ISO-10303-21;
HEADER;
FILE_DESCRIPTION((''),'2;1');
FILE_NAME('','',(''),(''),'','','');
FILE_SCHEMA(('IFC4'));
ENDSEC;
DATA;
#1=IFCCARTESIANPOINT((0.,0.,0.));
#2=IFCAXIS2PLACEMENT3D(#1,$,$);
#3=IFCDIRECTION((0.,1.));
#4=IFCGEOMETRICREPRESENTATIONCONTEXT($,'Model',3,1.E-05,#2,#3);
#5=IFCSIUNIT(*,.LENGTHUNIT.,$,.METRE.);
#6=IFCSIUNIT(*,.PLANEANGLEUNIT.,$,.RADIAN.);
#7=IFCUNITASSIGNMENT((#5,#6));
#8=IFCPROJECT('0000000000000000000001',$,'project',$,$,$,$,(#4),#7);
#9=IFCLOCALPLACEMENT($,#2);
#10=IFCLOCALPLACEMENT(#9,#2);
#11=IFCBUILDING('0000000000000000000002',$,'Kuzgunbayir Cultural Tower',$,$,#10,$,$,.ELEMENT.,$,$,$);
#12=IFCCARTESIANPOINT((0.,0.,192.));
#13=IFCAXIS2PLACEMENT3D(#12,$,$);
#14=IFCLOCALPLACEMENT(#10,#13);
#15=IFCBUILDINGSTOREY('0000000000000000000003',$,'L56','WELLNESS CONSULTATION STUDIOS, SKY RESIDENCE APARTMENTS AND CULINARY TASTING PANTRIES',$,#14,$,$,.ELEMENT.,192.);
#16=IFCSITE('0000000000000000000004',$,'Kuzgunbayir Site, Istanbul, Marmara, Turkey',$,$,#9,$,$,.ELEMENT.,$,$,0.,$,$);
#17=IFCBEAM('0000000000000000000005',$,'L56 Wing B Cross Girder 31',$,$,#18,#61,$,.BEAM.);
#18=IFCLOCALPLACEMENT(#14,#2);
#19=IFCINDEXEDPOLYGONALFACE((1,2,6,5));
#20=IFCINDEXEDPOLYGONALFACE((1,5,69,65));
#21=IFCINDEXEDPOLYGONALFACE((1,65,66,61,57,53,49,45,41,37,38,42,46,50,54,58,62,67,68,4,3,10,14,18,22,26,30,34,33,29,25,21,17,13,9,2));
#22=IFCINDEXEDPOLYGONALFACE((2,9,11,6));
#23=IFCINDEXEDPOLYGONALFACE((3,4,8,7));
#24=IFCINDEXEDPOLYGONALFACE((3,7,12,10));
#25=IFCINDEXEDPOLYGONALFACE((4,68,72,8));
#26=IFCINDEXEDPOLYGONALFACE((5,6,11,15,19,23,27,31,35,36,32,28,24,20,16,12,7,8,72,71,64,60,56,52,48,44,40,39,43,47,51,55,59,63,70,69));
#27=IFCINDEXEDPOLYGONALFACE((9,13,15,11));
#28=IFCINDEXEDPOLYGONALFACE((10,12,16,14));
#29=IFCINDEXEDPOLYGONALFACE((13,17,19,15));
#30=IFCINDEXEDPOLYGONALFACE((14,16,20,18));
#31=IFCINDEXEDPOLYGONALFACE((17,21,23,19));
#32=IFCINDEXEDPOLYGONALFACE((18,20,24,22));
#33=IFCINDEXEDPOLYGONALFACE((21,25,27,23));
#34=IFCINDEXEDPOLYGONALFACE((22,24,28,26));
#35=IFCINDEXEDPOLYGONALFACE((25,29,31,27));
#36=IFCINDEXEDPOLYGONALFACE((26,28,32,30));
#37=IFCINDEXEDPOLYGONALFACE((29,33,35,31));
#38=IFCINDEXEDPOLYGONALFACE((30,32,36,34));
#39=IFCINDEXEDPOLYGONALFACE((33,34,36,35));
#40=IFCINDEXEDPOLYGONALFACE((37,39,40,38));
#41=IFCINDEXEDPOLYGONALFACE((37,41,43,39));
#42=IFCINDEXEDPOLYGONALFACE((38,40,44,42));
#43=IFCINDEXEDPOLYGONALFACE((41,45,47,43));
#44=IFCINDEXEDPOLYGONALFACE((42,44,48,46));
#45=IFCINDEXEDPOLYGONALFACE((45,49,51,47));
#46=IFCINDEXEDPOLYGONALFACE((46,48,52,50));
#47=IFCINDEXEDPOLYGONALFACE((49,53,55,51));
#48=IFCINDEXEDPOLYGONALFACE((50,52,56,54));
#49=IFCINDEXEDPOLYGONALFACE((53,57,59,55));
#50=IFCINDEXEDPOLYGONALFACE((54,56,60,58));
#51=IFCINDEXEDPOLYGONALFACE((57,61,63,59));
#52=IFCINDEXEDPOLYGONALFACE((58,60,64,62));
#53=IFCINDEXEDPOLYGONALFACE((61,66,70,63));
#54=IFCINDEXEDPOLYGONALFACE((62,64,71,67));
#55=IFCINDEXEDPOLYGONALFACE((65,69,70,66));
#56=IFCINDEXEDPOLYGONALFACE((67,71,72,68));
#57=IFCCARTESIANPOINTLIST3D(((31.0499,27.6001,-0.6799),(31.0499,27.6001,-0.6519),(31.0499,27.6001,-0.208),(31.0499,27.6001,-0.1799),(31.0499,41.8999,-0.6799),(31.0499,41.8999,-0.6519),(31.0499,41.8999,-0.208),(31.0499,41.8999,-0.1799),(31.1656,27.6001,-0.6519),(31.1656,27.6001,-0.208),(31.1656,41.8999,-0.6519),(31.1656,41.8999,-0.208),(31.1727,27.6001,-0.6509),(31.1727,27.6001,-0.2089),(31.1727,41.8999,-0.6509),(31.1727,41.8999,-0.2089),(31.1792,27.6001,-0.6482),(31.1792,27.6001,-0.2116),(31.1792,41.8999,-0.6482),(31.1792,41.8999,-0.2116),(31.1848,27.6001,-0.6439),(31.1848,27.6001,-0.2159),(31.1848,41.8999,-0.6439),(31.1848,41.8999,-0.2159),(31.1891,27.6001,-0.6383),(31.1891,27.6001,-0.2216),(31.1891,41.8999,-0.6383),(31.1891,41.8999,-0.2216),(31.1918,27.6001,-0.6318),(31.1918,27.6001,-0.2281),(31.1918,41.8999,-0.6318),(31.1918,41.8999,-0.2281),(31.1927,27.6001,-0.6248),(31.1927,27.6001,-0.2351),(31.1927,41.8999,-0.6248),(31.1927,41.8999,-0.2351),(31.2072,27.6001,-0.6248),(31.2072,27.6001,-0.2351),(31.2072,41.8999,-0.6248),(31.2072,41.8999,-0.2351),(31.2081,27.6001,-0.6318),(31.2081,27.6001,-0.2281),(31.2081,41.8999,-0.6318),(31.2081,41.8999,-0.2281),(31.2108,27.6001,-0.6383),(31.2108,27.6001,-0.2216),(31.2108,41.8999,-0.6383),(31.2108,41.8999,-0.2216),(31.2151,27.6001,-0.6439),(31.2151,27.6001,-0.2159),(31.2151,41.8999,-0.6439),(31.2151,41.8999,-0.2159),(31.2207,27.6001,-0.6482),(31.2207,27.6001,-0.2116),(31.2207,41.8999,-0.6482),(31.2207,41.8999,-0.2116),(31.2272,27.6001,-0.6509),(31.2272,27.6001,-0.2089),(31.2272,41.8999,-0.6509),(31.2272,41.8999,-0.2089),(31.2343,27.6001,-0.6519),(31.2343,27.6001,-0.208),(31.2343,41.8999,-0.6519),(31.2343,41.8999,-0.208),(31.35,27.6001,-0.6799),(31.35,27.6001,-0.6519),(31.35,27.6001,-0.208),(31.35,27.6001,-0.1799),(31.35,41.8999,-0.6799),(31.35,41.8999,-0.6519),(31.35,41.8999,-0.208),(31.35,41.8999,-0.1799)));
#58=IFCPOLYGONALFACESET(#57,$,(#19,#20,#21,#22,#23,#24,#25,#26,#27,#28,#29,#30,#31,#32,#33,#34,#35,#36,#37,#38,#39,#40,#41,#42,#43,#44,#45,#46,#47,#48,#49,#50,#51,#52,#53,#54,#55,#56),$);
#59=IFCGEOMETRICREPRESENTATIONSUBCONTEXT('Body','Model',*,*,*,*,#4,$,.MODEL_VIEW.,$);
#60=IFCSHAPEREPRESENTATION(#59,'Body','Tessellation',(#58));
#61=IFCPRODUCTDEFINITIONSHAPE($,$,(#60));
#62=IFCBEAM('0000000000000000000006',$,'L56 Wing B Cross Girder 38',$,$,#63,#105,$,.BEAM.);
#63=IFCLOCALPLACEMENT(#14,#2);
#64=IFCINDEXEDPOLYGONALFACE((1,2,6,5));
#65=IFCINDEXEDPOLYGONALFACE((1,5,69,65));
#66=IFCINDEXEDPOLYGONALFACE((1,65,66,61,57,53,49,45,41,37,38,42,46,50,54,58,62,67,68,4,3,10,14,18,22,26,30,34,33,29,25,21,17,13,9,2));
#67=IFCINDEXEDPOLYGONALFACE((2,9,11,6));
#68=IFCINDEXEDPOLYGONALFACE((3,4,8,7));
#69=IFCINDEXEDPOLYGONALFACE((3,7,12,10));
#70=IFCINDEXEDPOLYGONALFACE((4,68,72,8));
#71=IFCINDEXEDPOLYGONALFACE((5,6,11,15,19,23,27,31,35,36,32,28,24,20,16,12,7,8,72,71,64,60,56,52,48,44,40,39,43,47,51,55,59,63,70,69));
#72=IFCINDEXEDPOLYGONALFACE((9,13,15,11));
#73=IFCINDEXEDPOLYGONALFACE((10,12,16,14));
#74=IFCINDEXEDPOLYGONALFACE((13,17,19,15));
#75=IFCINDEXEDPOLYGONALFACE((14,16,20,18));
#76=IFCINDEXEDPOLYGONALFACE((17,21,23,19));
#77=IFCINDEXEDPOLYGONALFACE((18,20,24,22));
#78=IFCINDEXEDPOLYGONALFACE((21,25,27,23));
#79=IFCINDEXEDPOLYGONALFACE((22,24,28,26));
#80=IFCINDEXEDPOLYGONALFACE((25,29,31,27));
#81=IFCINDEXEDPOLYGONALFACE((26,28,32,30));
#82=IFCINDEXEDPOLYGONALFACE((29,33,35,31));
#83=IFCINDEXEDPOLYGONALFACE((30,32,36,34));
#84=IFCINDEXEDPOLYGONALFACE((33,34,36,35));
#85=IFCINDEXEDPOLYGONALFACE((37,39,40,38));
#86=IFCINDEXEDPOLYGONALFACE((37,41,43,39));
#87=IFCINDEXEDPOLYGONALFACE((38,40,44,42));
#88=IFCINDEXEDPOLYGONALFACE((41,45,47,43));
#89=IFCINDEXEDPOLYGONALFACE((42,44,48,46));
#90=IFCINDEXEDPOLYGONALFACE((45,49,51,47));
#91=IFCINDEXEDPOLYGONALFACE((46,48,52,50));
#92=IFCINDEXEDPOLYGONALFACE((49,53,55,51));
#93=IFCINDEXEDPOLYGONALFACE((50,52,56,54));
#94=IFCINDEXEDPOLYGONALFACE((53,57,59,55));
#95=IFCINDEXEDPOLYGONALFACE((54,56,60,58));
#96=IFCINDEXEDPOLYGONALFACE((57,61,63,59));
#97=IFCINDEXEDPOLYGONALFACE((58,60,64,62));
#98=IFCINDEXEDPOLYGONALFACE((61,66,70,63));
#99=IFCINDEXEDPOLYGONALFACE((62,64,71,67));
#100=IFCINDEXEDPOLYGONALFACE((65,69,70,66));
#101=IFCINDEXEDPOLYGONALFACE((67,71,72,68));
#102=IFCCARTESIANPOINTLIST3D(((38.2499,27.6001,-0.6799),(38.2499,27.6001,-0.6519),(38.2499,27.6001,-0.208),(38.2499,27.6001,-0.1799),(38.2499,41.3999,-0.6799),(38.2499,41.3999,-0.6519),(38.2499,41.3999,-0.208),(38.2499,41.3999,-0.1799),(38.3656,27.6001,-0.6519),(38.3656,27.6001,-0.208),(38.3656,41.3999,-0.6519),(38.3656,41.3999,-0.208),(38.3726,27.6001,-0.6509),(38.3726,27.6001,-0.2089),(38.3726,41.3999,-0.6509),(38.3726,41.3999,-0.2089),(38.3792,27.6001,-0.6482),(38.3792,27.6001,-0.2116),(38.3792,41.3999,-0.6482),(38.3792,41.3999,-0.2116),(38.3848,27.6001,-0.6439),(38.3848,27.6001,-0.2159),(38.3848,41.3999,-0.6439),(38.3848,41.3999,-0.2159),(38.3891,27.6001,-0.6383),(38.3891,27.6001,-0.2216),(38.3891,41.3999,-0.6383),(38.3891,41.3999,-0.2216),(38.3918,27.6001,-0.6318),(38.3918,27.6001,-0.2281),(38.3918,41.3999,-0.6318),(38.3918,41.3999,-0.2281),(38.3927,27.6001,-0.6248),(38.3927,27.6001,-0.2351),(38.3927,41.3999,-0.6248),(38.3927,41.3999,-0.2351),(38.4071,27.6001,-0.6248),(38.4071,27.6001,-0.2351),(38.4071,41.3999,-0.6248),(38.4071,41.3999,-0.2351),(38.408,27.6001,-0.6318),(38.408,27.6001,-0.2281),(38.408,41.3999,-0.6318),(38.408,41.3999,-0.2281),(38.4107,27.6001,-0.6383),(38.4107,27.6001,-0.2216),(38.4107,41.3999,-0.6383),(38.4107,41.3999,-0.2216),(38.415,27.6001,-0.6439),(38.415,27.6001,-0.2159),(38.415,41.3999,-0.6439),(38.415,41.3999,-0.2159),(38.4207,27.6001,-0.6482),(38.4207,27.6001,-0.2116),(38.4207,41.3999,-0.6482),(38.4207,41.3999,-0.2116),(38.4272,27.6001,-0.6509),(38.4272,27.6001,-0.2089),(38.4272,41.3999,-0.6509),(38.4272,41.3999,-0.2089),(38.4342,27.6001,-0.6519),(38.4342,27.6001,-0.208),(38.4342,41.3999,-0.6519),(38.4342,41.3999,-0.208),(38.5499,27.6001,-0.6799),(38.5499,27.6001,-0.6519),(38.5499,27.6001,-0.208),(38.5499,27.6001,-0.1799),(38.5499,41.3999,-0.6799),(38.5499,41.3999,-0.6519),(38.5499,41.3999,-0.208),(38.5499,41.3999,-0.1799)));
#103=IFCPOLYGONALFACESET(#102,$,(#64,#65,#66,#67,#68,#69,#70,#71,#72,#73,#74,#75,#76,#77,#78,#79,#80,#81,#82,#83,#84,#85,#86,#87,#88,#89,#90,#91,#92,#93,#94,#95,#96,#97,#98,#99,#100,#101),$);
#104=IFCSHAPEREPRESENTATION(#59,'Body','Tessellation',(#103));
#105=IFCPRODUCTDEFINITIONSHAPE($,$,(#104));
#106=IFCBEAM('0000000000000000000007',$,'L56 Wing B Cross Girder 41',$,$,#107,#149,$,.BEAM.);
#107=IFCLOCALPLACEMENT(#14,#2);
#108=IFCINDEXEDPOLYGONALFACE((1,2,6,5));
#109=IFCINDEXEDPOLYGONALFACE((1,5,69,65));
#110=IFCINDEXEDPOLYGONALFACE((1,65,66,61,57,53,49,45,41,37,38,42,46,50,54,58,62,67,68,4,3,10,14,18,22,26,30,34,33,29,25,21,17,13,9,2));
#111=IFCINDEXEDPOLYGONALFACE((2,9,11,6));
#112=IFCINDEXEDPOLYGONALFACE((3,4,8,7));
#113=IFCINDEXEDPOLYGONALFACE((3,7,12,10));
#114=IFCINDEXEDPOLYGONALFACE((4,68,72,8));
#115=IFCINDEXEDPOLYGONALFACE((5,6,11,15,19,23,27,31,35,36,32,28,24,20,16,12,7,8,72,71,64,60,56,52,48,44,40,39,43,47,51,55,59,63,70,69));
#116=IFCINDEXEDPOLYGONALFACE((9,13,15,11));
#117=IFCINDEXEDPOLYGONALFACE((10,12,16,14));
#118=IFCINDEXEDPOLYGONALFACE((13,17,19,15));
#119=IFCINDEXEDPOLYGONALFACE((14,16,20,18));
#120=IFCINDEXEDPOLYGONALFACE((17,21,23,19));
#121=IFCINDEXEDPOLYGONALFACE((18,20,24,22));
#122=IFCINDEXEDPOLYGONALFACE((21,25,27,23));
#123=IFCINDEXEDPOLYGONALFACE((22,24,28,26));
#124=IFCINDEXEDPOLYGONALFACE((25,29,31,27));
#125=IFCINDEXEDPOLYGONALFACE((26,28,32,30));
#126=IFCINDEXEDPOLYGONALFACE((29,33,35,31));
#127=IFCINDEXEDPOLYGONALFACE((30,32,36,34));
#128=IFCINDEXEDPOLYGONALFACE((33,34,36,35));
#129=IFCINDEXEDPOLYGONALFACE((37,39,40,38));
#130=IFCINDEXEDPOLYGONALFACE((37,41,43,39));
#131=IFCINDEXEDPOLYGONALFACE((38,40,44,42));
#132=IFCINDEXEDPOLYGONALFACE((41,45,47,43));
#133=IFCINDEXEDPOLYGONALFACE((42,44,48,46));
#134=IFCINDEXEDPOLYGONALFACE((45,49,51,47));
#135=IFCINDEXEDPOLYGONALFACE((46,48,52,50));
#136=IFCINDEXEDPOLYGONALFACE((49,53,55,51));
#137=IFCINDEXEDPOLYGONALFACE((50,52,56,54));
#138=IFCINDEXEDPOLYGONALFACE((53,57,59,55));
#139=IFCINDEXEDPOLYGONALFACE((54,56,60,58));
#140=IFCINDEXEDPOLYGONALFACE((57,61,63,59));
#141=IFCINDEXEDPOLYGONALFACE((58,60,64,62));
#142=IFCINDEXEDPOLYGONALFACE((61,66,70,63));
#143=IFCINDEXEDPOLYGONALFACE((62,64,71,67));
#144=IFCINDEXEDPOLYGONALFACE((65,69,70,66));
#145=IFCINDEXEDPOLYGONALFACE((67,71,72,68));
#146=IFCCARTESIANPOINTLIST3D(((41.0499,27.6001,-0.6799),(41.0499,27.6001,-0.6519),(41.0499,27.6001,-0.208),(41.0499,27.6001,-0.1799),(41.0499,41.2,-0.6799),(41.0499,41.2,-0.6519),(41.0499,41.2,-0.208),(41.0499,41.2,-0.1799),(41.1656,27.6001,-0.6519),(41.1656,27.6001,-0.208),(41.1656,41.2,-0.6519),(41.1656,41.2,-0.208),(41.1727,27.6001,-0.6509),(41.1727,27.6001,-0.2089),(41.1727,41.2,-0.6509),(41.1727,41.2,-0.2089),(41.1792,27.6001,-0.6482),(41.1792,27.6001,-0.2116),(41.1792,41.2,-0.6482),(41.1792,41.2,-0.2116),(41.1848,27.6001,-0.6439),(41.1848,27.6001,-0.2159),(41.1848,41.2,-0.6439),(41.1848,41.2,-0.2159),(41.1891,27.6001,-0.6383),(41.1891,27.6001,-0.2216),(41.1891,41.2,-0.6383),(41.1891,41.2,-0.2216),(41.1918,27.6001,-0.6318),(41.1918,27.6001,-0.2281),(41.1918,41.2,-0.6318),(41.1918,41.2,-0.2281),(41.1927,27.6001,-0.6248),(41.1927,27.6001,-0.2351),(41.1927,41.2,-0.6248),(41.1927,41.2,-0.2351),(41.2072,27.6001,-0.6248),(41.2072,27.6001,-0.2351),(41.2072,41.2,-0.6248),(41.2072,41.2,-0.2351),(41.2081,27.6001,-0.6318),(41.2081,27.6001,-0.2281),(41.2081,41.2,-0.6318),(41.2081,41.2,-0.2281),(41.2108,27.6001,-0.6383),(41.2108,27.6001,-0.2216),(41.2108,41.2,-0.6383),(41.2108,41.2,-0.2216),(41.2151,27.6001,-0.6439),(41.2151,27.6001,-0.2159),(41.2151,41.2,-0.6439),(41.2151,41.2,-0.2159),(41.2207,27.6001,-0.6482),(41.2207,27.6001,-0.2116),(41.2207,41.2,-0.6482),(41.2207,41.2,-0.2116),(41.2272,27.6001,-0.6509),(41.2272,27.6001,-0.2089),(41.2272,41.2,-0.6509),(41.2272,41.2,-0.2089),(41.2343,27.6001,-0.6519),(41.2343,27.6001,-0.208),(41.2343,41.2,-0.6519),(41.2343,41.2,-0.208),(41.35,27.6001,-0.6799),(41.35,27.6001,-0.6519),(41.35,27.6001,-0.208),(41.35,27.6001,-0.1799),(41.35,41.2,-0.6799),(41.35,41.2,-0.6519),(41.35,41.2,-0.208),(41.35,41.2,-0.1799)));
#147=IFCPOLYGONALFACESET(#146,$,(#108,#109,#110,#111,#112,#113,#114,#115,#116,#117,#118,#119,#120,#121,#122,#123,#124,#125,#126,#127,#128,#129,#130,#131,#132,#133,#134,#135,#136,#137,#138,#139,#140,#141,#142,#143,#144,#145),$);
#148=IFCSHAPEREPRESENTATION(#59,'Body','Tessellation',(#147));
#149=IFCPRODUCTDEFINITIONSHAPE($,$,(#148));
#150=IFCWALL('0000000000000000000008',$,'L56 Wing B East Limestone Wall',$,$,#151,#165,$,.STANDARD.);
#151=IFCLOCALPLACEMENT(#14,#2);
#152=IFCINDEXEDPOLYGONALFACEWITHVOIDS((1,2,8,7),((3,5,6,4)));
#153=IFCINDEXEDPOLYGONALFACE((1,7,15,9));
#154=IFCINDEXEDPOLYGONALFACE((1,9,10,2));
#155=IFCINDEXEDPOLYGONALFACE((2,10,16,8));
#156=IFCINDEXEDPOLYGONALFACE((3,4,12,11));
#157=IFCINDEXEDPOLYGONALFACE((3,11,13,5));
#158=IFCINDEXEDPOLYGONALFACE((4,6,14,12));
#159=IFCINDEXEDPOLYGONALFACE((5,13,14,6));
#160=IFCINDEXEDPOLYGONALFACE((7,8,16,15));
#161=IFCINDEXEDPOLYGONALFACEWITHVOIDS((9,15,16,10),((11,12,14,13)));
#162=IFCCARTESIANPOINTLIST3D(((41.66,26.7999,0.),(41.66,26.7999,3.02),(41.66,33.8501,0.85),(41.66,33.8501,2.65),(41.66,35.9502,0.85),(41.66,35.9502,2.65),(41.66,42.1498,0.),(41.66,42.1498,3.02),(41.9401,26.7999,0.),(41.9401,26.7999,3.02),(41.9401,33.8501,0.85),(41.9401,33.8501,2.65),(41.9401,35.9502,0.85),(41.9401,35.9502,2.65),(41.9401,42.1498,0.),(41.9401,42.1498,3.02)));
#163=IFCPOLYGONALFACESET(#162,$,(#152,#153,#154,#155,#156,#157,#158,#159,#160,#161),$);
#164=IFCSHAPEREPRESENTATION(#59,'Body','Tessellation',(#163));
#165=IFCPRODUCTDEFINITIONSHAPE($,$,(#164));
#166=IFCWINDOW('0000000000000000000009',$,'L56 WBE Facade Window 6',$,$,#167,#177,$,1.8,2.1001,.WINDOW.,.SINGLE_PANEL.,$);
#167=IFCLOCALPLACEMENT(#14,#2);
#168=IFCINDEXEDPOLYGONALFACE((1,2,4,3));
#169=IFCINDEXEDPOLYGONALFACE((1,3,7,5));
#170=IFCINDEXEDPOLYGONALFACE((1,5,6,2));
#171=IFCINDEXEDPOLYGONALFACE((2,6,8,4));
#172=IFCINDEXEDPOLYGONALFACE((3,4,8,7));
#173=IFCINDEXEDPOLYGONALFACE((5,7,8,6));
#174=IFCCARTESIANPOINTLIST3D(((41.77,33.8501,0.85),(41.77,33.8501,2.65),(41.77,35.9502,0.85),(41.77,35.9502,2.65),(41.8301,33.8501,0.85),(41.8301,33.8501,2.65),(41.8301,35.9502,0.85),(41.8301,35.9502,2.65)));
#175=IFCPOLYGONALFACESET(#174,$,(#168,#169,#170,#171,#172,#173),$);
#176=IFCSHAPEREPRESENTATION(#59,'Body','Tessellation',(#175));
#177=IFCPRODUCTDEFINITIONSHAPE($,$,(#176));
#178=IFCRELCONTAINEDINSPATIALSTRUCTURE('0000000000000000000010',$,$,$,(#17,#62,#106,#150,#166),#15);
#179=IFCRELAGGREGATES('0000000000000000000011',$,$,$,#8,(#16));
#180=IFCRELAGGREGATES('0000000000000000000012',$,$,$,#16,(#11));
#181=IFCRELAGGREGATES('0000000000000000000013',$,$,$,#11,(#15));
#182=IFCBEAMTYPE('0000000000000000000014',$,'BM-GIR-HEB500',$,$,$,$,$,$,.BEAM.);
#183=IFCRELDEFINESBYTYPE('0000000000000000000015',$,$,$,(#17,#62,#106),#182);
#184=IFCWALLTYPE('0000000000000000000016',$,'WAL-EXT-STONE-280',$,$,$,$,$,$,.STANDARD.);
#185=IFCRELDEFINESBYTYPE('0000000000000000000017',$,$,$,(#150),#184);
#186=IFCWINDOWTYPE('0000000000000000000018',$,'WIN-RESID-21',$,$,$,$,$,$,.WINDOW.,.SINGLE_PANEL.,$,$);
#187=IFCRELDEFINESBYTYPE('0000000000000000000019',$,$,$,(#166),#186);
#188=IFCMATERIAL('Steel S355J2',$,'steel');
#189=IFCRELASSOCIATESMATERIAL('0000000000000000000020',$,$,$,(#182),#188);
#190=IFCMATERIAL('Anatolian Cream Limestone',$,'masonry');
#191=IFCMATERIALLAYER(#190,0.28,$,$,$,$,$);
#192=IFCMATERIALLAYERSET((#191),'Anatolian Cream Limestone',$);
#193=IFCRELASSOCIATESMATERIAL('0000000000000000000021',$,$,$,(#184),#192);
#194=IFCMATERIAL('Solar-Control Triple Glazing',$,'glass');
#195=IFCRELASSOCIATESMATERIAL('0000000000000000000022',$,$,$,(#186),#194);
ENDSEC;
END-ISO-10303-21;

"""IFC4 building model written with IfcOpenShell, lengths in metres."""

from ifc_helpers import new_model, si_unit, direction, frame, frame_2d, origin, origin_2d, place, context, subcontext, project, spatial, rectangle, i_section, extrude, material, layer, layer_set, material_profile, profile_set, type_object, element, fill, save


model = new_model("IFC4")

# Units and contexts
model_context = context("Model", 3, precision=1e-05, world=origin(), true_north=direction((0.0, 1.0)))
body_context = subcontext(model_context, "Body", "Model", "MODEL_VIEW")
ifc_project = project(units=[si_unit("LENGTHUNIT", "METRE"), si_unit("PLANEANGLEUNIT", "RADIAN")], contexts=[model_context])

# Site, building, storey
site_placement = place(None, origin())
site = spatial("IfcSite", under=ifc_project, at=site_placement, Name="Kuzgunbayir Site, Istanbul, Marmara, Turkey", CompositionType="ELEMENT", RefElevation=0.0)
building_placement = place(site_placement, origin())
building = spatial("IfcBuilding", under=site, at=building_placement, Name="Kuzgunbayir Cultural Tower", CompositionType="ELEMENT")
storey_placement = place(building_placement, frame((0.0, 0.0, 192.0)))
storey = spatial("IfcBuildingStorey", under=building, at=storey_placement, Name="L56", Description="WELLNESS CONSULTATION STUDIOS, SKY RESIDENCE APARTMENTS AND CULINARY TASTING PANTRIES", CompositionType="ELEMENT", Elevation=192.0)

# Beams
ifc_material_1 = material(Name="Steel S355J2", Category="steel")
ifc_material_profile_1 = material_profile(ifc_material_1, i_section(OverallWidth=0.3, OverallDepth=0.5, WebThickness=0.0144, FlangeThickness=0.0281, FilletRadius=0.0271, at=origin_2d()), Name="HEB 500")
ifc_profile_set_1 = profile_set([ifc_material_profile_1], Name="Steel S355J2")
beam_type_1 = type_object("IfcBeamType", Name="BM-GIR-HEB500", PredefinedType="BEAM", material=ifc_profile_set_1)
beam_1_placement = place(storey_placement, frame((31.2, 27.6001, -0.4299), z_axis=(0.0, 1.0, 0.0), x_axis=(-1.0, 0.0, 0.0)))
element("IfcBeam", 1, at=beam_1_placement, inside=storey, type_object=beam_type_1, Name="L56 Wing B Cross Girder 31", PredefinedType="BEAM", context=body_context, shape_type="SweptSolid", body=[
    extrude(i_section(OverallWidth=0.3, OverallDepth=0.5, WebThickness=0.0144, FlangeThickness=0.0281, FilletRadius=0.0271, at=origin_2d()), origin(), (0.0, 0.0, 1.0), 14.2998),
])
beam_2_placement = place(storey_placement, frame((38.3999, 27.6001, -0.4299), z_axis=(0.0, 1.0, 0.0), x_axis=(-1.0, 0.0, 0.0)))
element("IfcBeam", 2, at=beam_2_placement, inside=storey, type_object=beam_type_1, Name="L56 Wing B Cross Girder 38", PredefinedType="BEAM", context=body_context, shape_type="SweptSolid", body=[
    extrude(i_section(OverallWidth=0.3, OverallDepth=0.5, WebThickness=0.0144, FlangeThickness=0.0281, FilletRadius=0.0271, at=origin_2d()), origin(), (0.0, 0.0, 1.0), 13.7998),
])
beam_3_placement = place(storey_placement, frame((41.2, 27.6001, -0.4299), z_axis=(0.0, 1.0, 0.0), x_axis=(-1.0, 0.0, 0.0)))
element("IfcBeam", 3, at=beam_3_placement, inside=storey, type_object=beam_type_1, Name="L56 Wing B Cross Girder 41", PredefinedType="BEAM", context=body_context, shape_type="SweptSolid", body=[
    extrude(i_section(OverallWidth=0.3, OverallDepth=0.5, WebThickness=0.0144, FlangeThickness=0.0281, FilletRadius=0.0271, at=origin_2d()), origin(), (0.0, 0.0, 1.0), 13.5999),
])

# Wall, opening, window
ifc_material_2 = material(Name="Anatolian Cream Limestone", Category="masonry")
ifc_layer_1 = layer(ifc_material_2, 0.28)
ifc_layer_set_1 = layer_set([ifc_layer_1], Name="Anatolian Cream Limestone")
wall_type_1 = type_object("IfcWallType", Name="WAL-EXT-STONE-280", PredefinedType="STANDARD", material=ifc_layer_set_1)
wall_1_placement = place(storey_placement, frame((41.8, 26.8, 0.0), z_axis=(0.0, 0.0, 1.0), x_axis=(0.0, 1.0, 0.0)))
wall_1 = element("IfcWall", 4, at=wall_1_placement, inside=storey, type_object=wall_type_1, Name="L56 Wing B East Limestone Wall", PredefinedType="STANDARD", context=body_context, shape_type="SweptSolid", body=[
    extrude(rectangle(XDim=15.3499, YDim=0.28, at=frame_2d((7.6748, 0.0))), origin(), (0.0, 0.0, 1.0), 3.02),
])
opening_1_placement = place(wall_1_placement, frame((7.05, 0.0, 0.8501)))
opening_1 = element("IfcOpeningElement", 5, at=opening_1_placement, cuts=wall_1, PredefinedType="OPENING", context=body_context, shape_type="SweptSolid", body=[
    extrude(rectangle(XDim=2.1001, YDim=1.8, at=frame_2d((1.05, 0.8999))), frame((0.0, 0.1499, 0.0), z_axis=(0.0, -1.0, 0.0), x_axis=(1.0, 0.0, 0.0)), (0.0, 0.0, 1.0), 0.3),
])
ifc_material_3 = material(Name="Solar-Control Triple Glazing", Category="glass")
window_type = type_object("IfcWindowType", Name="WIN-RESID-21", PartitioningType="SINGLE_PANEL", PredefinedType="WINDOW", material=ifc_material_3)
window_placement = place(opening_1_placement, origin())
window = element("IfcWindow", 6, at=window_placement, inside=storey, type_object=window_type, Name="L56 WBE Facade Window 6", OverallHeight=1.8, OverallWidth=2.1001, PartitioningType="SINGLE_PANEL", PredefinedType="WINDOW", context=body_context, shape_type="SweptSolid", body=[
    extrude(rectangle(XDim=2.1001, YDim=1.8, at=frame_2d((1.05, 0.8999))), frame((0.0, 0.03, 0.0), z_axis=(0.0, -1.0, 0.0), x_axis=(1.0, 0.0, 0.0)), (0.0, 0.0, 1.0), 0.0601),
])
fill(opening_1, window)

save(model, "model.ifc")
